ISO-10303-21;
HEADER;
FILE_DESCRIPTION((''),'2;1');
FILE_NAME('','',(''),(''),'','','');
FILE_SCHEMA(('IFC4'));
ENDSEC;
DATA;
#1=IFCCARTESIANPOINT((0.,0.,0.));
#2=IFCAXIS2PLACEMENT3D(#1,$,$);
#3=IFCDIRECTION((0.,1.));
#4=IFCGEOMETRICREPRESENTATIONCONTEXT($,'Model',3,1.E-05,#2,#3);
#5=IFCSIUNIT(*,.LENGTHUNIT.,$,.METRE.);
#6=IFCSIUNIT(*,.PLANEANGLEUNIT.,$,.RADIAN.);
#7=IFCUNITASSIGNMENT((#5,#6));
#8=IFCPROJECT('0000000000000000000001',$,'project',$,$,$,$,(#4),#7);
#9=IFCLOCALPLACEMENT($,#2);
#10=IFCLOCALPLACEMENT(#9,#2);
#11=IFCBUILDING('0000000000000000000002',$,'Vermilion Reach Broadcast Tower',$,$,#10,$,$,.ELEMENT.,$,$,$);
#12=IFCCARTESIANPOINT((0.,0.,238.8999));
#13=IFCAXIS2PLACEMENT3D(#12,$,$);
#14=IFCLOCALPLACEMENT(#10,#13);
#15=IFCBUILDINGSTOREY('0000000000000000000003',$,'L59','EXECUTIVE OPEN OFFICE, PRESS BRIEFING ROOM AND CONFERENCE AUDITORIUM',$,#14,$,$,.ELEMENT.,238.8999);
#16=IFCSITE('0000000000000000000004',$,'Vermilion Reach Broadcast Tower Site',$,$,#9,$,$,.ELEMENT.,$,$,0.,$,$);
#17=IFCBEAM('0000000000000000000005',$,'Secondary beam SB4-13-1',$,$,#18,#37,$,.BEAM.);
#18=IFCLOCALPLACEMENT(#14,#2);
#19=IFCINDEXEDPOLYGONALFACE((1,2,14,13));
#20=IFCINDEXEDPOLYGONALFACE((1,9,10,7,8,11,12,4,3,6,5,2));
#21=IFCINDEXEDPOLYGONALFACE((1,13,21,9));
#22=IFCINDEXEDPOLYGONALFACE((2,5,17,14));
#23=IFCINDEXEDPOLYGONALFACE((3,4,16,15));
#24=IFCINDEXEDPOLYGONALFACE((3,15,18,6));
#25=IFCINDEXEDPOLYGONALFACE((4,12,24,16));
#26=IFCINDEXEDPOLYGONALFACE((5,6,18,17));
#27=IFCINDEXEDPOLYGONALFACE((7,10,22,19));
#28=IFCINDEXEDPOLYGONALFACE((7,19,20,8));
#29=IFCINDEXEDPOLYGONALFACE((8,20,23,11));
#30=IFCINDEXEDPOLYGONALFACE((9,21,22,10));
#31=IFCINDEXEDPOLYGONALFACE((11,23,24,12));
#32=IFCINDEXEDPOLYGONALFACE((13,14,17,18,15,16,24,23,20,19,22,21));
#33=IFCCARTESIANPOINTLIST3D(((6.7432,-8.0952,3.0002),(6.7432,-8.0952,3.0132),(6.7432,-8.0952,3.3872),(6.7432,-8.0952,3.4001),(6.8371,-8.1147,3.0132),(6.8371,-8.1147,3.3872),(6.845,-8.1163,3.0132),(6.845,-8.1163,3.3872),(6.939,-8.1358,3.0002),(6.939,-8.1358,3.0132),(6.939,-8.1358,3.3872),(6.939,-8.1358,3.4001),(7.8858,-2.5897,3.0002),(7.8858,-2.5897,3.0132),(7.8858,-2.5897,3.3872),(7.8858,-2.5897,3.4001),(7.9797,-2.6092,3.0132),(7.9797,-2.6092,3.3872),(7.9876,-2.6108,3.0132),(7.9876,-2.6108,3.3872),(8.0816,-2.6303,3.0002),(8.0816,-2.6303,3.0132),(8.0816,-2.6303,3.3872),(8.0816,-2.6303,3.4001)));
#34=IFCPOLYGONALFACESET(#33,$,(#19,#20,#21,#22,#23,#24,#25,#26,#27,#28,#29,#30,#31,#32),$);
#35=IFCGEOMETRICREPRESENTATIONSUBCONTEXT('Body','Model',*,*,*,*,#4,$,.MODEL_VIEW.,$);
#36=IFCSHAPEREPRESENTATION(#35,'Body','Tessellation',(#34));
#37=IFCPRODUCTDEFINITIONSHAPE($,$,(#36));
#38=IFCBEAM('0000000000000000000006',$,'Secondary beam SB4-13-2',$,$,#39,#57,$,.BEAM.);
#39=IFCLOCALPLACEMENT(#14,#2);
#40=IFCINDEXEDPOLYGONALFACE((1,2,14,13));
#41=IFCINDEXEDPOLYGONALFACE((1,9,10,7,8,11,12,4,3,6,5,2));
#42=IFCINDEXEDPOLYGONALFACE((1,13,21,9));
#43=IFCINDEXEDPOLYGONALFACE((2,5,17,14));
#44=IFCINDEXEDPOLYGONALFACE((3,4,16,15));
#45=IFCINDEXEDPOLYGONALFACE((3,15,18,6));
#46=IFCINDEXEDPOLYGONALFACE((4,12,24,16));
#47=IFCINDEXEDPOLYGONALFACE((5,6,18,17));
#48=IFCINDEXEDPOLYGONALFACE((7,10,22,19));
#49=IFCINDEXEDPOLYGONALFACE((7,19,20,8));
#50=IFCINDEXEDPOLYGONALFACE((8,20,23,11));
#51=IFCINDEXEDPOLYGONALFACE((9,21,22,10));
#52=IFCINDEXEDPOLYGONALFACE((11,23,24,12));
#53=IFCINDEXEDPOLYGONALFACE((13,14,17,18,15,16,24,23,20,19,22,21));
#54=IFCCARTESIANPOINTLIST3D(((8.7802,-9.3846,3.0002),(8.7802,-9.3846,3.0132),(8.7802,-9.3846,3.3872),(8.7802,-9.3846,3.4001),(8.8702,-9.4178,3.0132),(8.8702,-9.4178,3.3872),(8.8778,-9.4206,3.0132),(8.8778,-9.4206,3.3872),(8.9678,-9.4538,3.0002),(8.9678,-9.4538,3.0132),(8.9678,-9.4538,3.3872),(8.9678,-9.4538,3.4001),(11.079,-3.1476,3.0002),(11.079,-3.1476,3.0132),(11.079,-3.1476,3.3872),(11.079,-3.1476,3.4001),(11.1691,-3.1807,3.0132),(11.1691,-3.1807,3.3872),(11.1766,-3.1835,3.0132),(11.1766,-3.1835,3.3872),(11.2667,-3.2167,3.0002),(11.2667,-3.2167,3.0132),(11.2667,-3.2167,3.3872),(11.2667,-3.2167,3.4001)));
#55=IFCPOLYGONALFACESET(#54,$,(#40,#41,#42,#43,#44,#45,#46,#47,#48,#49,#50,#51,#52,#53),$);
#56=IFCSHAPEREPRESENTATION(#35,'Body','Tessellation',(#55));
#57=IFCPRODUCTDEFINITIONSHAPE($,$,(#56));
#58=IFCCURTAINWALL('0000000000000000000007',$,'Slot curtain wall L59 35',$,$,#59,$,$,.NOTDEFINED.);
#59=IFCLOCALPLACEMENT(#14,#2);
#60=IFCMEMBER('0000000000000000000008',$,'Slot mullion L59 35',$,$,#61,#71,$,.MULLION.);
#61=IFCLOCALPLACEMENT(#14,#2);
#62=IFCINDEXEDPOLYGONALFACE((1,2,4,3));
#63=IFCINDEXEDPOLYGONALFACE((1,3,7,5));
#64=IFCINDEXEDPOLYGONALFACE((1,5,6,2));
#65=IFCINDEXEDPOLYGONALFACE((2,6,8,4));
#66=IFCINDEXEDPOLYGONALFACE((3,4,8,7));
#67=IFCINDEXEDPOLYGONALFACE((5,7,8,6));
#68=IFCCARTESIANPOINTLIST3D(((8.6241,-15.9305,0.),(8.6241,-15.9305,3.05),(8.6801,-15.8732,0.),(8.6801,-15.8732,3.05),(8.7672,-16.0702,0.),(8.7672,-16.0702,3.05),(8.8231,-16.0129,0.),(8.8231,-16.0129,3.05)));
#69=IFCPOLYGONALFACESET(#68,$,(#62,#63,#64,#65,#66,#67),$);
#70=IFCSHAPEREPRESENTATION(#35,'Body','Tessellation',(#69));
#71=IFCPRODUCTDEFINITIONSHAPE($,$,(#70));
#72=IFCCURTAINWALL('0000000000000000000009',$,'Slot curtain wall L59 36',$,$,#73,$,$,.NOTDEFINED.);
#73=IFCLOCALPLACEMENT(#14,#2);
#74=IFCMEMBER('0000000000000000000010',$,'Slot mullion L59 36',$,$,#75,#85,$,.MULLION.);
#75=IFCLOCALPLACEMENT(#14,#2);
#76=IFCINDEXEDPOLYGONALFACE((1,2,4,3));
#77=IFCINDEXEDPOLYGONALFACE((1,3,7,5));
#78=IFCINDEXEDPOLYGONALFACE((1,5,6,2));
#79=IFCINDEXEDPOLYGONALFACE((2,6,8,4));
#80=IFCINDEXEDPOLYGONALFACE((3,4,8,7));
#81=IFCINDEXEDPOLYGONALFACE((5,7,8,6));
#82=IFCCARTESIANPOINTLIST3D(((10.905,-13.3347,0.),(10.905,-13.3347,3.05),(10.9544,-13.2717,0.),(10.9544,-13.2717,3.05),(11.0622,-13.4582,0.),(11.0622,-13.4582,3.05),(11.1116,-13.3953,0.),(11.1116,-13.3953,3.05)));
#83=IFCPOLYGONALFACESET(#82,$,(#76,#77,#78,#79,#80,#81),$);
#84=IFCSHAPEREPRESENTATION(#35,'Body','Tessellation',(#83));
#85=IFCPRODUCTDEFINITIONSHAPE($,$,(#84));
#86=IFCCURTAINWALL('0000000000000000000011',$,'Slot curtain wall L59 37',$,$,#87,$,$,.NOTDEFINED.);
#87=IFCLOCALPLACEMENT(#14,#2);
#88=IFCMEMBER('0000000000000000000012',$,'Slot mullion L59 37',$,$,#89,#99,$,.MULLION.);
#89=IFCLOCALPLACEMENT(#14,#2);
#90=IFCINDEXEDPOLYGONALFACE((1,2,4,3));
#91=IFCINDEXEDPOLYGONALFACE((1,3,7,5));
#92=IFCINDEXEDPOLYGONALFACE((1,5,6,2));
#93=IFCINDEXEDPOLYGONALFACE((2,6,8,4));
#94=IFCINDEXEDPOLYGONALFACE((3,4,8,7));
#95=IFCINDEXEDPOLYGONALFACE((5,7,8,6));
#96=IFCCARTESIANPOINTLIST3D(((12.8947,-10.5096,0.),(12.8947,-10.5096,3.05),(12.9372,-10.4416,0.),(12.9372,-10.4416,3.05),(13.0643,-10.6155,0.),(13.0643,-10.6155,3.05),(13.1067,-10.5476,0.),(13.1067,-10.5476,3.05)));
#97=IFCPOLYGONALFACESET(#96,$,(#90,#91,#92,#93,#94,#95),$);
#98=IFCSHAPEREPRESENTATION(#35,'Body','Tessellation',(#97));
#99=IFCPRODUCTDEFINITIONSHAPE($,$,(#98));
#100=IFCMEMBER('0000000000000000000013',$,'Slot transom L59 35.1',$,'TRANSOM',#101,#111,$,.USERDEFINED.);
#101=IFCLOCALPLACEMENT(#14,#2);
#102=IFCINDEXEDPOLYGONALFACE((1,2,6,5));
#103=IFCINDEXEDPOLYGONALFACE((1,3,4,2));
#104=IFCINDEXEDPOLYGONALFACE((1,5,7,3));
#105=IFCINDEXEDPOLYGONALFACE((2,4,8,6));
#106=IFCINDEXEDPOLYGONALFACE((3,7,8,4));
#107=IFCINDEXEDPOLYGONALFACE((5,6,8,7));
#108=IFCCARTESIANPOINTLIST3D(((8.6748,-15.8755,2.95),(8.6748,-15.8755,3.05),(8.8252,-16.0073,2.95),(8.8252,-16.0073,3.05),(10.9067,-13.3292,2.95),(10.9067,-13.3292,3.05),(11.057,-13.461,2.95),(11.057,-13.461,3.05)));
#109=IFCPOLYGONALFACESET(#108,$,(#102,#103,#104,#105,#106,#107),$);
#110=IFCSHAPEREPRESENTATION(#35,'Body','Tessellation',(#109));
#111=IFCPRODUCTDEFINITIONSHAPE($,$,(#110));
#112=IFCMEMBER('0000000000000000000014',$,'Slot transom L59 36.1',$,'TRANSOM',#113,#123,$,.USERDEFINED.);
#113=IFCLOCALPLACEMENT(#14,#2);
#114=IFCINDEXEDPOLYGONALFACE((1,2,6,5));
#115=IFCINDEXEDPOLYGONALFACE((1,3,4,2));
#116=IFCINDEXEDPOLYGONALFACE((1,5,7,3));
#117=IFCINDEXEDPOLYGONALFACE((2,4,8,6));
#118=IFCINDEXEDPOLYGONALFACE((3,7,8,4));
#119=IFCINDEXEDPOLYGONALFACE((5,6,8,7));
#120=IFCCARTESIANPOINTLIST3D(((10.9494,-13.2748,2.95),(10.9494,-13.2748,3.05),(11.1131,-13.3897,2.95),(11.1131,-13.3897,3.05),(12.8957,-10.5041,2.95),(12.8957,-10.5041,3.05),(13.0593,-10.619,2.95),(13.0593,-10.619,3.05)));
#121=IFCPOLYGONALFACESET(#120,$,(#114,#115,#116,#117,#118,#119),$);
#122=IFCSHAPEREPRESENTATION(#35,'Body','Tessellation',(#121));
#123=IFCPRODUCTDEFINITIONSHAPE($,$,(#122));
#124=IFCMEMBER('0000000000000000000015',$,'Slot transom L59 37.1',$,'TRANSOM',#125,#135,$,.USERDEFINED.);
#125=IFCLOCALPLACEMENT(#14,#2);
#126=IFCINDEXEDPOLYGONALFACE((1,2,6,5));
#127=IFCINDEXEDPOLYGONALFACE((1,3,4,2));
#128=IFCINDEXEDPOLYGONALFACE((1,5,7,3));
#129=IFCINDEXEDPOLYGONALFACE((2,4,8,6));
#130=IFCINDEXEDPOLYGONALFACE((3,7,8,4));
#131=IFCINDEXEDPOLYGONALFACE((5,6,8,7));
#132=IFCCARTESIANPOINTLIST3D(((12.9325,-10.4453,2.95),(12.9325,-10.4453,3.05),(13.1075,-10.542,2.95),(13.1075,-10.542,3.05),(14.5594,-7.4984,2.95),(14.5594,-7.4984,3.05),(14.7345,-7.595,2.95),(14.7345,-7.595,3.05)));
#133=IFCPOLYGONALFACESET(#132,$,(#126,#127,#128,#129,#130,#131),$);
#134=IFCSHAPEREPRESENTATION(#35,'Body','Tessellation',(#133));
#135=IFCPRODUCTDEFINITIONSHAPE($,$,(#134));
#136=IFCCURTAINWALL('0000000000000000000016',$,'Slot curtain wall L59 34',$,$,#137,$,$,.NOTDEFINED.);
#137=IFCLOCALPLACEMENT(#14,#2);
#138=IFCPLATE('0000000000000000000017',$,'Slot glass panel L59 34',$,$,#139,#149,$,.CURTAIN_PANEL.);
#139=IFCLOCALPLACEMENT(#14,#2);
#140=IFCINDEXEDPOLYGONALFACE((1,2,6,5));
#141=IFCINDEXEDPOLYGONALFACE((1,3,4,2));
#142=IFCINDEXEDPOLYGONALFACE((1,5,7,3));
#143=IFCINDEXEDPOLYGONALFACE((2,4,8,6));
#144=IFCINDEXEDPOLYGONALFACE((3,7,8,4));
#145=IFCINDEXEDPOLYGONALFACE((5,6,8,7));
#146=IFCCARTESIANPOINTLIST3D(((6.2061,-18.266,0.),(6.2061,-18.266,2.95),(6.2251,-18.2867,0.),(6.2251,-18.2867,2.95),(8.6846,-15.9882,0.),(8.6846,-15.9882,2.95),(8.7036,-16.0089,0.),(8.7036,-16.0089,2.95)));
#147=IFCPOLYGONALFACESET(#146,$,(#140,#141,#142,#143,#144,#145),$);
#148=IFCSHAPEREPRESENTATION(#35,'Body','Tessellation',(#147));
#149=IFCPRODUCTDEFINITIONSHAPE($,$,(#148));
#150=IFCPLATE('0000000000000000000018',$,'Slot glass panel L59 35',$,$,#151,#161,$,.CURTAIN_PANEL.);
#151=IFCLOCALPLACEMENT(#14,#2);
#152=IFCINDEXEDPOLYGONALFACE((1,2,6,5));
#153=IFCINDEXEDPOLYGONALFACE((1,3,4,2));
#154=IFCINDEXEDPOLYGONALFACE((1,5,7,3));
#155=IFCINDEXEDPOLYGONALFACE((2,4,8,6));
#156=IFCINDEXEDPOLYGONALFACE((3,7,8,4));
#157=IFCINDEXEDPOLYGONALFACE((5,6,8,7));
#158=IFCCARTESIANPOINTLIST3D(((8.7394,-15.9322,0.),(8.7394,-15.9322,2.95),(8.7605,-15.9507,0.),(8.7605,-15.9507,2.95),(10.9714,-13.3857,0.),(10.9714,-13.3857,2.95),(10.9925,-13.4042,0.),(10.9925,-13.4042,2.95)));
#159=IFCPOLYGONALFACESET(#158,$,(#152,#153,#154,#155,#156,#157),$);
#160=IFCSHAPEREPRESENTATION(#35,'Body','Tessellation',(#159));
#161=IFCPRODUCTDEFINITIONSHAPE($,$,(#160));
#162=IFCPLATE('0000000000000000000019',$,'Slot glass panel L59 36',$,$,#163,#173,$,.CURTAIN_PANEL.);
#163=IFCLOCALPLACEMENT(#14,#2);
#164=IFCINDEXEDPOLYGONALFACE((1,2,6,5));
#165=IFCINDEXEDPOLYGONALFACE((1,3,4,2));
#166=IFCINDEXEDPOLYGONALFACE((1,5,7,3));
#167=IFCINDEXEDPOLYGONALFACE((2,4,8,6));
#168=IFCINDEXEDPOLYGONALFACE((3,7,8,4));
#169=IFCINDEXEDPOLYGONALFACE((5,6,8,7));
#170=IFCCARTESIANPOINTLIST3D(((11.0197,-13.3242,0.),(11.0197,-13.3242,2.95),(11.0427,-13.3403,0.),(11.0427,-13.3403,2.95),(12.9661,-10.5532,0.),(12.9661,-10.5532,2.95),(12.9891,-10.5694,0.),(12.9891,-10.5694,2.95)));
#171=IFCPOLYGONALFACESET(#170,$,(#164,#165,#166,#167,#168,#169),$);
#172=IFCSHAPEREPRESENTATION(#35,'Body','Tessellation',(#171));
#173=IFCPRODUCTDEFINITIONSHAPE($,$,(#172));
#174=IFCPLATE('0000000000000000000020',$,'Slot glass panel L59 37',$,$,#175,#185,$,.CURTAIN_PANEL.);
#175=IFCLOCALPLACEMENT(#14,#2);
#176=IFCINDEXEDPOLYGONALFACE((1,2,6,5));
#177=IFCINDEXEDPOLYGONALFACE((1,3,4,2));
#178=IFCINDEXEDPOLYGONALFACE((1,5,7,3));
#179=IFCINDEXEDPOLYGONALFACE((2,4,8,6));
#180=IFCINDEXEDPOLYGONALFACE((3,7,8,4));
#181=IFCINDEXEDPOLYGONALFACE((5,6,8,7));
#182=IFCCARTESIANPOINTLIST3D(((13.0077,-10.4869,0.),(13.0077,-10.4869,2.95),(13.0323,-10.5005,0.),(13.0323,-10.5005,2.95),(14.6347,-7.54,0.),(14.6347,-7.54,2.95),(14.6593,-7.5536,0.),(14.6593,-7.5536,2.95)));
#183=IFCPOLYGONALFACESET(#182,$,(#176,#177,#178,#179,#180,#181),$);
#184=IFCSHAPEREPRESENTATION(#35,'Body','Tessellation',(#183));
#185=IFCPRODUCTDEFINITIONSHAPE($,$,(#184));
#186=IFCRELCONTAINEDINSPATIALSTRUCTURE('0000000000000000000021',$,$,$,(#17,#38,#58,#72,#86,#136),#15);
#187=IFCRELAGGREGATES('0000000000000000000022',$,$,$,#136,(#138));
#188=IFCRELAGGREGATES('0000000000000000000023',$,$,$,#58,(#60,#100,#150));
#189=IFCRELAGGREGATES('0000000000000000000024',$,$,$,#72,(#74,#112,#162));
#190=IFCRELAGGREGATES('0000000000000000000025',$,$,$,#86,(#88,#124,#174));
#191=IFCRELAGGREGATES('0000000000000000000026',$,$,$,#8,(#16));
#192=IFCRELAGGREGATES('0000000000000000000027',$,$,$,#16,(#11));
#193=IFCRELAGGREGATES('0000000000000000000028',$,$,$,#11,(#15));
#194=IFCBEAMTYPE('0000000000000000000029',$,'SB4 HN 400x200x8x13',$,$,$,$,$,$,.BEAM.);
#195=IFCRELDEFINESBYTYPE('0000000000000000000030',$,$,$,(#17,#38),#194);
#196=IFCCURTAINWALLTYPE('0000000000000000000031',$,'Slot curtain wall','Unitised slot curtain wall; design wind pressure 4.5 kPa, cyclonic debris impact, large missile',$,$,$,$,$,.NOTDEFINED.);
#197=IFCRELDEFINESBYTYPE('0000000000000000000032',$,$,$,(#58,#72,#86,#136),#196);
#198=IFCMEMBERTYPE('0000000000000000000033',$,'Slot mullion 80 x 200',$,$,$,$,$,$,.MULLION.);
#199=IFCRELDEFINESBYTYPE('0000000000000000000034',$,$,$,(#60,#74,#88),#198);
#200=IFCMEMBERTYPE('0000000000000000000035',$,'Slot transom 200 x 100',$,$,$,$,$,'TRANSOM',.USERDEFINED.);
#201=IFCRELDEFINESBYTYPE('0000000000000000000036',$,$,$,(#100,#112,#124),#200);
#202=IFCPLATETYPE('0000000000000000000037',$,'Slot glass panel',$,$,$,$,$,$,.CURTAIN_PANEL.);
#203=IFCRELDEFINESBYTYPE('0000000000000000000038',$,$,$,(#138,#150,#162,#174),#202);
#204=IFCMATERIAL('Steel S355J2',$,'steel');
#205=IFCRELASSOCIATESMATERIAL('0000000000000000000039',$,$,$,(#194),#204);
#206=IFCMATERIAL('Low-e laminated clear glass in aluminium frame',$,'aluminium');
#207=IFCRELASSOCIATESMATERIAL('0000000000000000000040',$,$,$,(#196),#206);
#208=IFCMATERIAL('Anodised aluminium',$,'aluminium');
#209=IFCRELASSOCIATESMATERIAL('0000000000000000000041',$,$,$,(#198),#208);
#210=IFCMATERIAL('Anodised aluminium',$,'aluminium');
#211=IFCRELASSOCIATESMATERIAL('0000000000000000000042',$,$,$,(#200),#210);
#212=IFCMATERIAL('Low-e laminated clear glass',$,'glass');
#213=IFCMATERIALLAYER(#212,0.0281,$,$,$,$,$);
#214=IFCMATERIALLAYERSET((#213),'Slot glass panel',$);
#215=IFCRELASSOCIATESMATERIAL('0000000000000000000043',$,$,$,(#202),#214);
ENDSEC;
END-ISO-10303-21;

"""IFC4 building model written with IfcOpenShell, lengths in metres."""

from ifc_helpers import new_model, si_unit, direction, frame, origin, origin_2d, place, context, subcontext, project, spatial, rectangle, i_section, extrude, material, layer, layer_set, material_profile, profile_set, type_object, element, aggregate, save


model = new_model("IFC4")

# Units and contexts
model_context = context("Model", 3, precision=1e-05, world=origin(), true_north=direction((0.0, 1.0)))
body_context = subcontext(model_context, "Body", "Model", "MODEL_VIEW")
ifc_project = project(units=[si_unit("LENGTHUNIT", "METRE"), si_unit("PLANEANGLEUNIT", "RADIAN")], contexts=[model_context])

# Site, building, storey
site_placement = place(None, origin())
site = spatial("IfcSite", under=ifc_project, at=site_placement, Name="Vermilion Reach Broadcast Tower Site", CompositionType="ELEMENT", RefElevation=0.0)
building_placement = place(site_placement, origin())
building = spatial("IfcBuilding", under=site, at=building_placement, Name="Vermilion Reach Broadcast Tower", CompositionType="ELEMENT")
storey_placement = place(building_placement, frame((0.0, 0.0, 238.8999)))
storey = spatial("IfcBuildingStorey", under=building, at=storey_placement, Name="L59", Description="EXECUTIVE OPEN OFFICE, PRESS BRIEFING ROOM AND CONFERENCE AUDITORIUM", CompositionType="ELEMENT", Elevation=238.8999)

# Beams
ifc_material_1 = material(Name="Steel S355J2", Category="steel")
ifc_material_profile_1 = material_profile(ifc_material_1, i_section(OverallWidth=0.2, OverallDepth=0.3999, WebThickness=0.0081, FlangeThickness=0.0129, at=origin_2d()), Name="S355J2 HN 400x200x8x13")
ifc_profile_set_1 = profile_set([ifc_material_profile_1], Name="Steel S355J2")
beam_type_1 = type_object("IfcBeamType", Name="SB4 HN 400x200x8x13", PredefinedType="BEAM", material=ifc_profile_set_1)
beam_1_placement = place(storey_placement, frame((6.8411, -8.1155, 3.2002), z_axis=(0.203209, 0.979135, 0.0), x_axis=(-0.979135, 0.203209, 0.0)))
element("IfcBeam", 1, at=beam_1_placement, inside=storey, type_object=beam_type_1, Name="Secondary beam SB4-13-1", PredefinedType="BEAM", context=body_context, shape_type="SweptSolid", body=[
    extrude(i_section(OverallWidth=0.2, OverallDepth=0.3999, WebThickness=0.0081, FlangeThickness=0.0129, at=origin_2d()), origin(), (0.0, 0.0, 1.0), 5.6228),
])
beam_2_placement = place(storey_placement, frame((8.874, -9.4192, 3.2002), z_axis=(0.345833, 0.938296, 0.0), x_axis=(-0.938296, 0.345833, 0.0)))
element("IfcBeam", 2, at=beam_2_placement, inside=storey, type_object=beam_type_1, Name="Secondary beam SB4-13-2", PredefinedType="BEAM", context=body_context, shape_type="SweptSolid", body=[
    extrude(i_section(OverallWidth=0.2, OverallDepth=0.3999, WebThickness=0.0081, FlangeThickness=0.0129, at=origin_2d()), origin(), (0.0, 0.0, 1.0), 6.6472),
])

# Curtain walls, members
ifc_material_2 = material(Name="Low-e laminated clear glass in aluminium frame", Category="aluminium")
curtain_wall_type = type_object("IfcCurtainWallType", Name="Slot curtain wall", Description="Unitised slot curtain wall; design wind pressure 4.5 kPa, cyclonic debris impact, large missile", PredefinedType="NOTDEFINED", material=ifc_material_2)
placement = place(storey_placement, origin())
curtain_wall_1 = element("IfcCurtainWall", 3, at=placement, inside=storey, type_object=curtain_wall_type, Name="Slot curtain wall L59 35", PredefinedType="NOTDEFINED")
ifc_material_3 = material(Name="Anodised aluminium", Category="aluminium")
ifc_material_profile_2 = material_profile(ifc_material_3, rectangle(XDim=0.2, YDim=0.0801, at=origin_2d()), Name="Slot mullion 80 x 200")
ifc_profile_set_2 = profile_set([ifc_material_profile_2], Name="Anodised aluminium")
member_type_1 = type_object("IfcMemberType", Name="Slot mullion 80 x 200", PredefinedType="MULLION", material=ifc_profile_set_2)
member_1_placement = place(storey_placement, frame((8.7236, -15.9717, 0.0), z_axis=(0.0, 0.0, 1.0), x_axis=(-0.715377, 0.698739, 0.0)))
member_1 = element("IfcMember", 4, at=member_1_placement, type_object=member_type_1, Name="Slot mullion L59 35", PredefinedType="MULLION", context=body_context, shape_type="SweptSolid", body=[
    extrude(rectangle(XDim=0.2, YDim=0.0801, at=origin_2d()), origin(), (0.0, 0.0, 1.0), 3.05),
])
curtain_wall_2 = element("IfcCurtainWall", 5, at=placement, inside=storey, type_object=curtain_wall_type, Name="Slot curtain wall L59 36", PredefinedType="NOTDEFINED")
member_2_placement = place(storey_placement, frame((11.0083, -13.365, 0.0), z_axis=(0.0, 0.0, 1.0), x_axis=(-0.786288, 0.61786, 0.0)))
member_2 = element("IfcMember", 6, at=member_2_placement, type_object=member_type_1, Name="Slot mullion L59 36", PredefinedType="MULLION", context=body_context, shape_type="SweptSolid", body=[
    extrude(rectangle(XDim=0.2, YDim=0.0801, at=origin_2d()), origin(), (0.0, 0.0, 1.0), 3.05),
])
curtain_wall_3 = element("IfcCurtainWall", 7, at=placement, inside=storey, type_object=curtain_wall_type, Name="Slot curtain wall L59 37", PredefinedType="NOTDEFINED")
member_3_placement = place(storey_placement, frame((13.0007, -10.5286, 0.0), z_axis=(0.0, 0.0, 1.0), x_axis=(-0.848103, 0.529831, 0.0)))
member_3 = element("IfcMember", 8, at=member_3_placement, type_object=member_type_1, Name="Slot mullion L59 37", PredefinedType="MULLION", context=body_context, shape_type="SweptSolid", body=[
    extrude(rectangle(XDim=0.2, YDim=0.0801, at=origin_2d()), origin(), (0.0, 0.0, 1.0), 3.05),
])

# Members
ifc_material_4 = material(Name="Anodised aluminium", Category="aluminium")
ifc_material_profile_3 = material_profile(ifc_material_4, rectangle(XDim=0.2, YDim=0.1001, at=origin_2d()), Name="Slot transom 200 x 100")
ifc_profile_set_3 = profile_set([ifc_material_profile_3], Name="Anodised aluminium")
member_type_2 = type_object("IfcMemberType", Name="Slot transom 200 x 100", ElementType="TRANSOM", PredefinedType="USERDEFINED", material=ifc_profile_set_3)
member_4_placement = place(storey_placement, frame((8.75, -15.9414, 3.0), z_axis=(0.659148, 0.752014, 0.0), x_axis=(-0.752014, 0.659148, 0.0)))
member_4 = element("IfcMember", 9, at=member_4_placement, type_object=member_type_2, Name="Slot transom L59 35.1", ObjectType="TRANSOM", PredefinedType="USERDEFINED", context=body_context, shape_type="SweptSolid", body=[
    extrude(rectangle(XDim=0.2, YDim=0.1001, at=origin_2d()), origin(), (0.0, 0.0, 1.0), 3.386),
])
member_5_placement = place(storey_placement, frame((11.0312, -13.3323, 3.0), z_axis=(0.574802, 0.818293, 0.0), x_axis=(-0.818293, 0.574802, 0.0)))
member_5 = element("IfcMember", 10, at=member_5_placement, type_object=member_type_2, Name="Slot transom L59 36.1", ObjectType="TRANSOM", PredefinedType="USERDEFINED", context=body_context, shape_type="SweptSolid", body=[
    extrude(rectangle(XDim=0.2, YDim=0.1001, at=origin_2d()), origin(), (0.0, 0.0, 1.0), 3.386),
])
member_6_placement = place(storey_placement, frame((13.02, -10.4937, 3.0), z_axis=(0.483307, 0.875451, 0.0), x_axis=(-0.875451, 0.483307, 0.0)))
member_6 = element("IfcMember", 11, at=member_6_placement, type_object=member_type_2, Name="Slot transom L59 37.1", ObjectType="TRANSOM", PredefinedType="USERDEFINED", context=body_context, shape_type="SweptSolid", body=[
    extrude(rectangle(XDim=0.2, YDim=0.1001, at=origin_2d()), origin(), (0.0, 0.0, 1.0), 3.3662),
])

# Curtain wall, plate
curtain_wall_4 = element("IfcCurtainWall", 12, at=placement, inside=storey, type_object=curtain_wall_type, Name="Slot curtain wall L59 34", PredefinedType="NOTDEFINED")
ifc_material_5 = material(Name="Low-e laminated clear glass", Category="glass")
ifc_layer_1 = layer(ifc_material_5, 0.0281)
ifc_layer_set_1 = layer_set([ifc_layer_1], Name="Slot glass panel")
plate_type = type_object("IfcPlateType", Name="Slot glass panel", PredefinedType="CURTAIN_PANEL", material=ifc_layer_set_1)
plate_1_placement = place(storey_placement, frame((7.4548, -17.1375, 0.0), z_axis=(0.0, 0.0, 1.0), x_axis=(0.736304, 0.676651, 0.0)))
plate_1 = element("IfcPlate", 13, at=plate_1_placement, type_object=plate_type, Name="Slot glass panel L59 34", PredefinedType="CURTAIN_PANEL", context=body_context, shape_type="SweptSolid", body=[
    extrude(rectangle(XDim=3.3662, YDim=0.0281, at=origin_2d()), origin(), (0.0, 0.0, 1.0), 2.95),
])
aggregate(curtain_wall_4, [plate_1])

# Plates
plate_2_placement = place(storey_placement, frame((9.866, -14.6682, 0.0), z_axis=(0.0, 0.0, 1.0), x_axis=(0.65914, 0.75202, 0.0)))
plate_2 = element("IfcPlate", 14, at=plate_2_placement, type_object=plate_type, Name="Slot glass panel L59 35", PredefinedType="CURTAIN_PANEL", context=body_context, shape_type="SweptSolid", body=[
    extrude(rectangle(XDim=3.3862, YDim=0.0281, at=origin_2d()), origin(), (0.0, 0.0, 1.0), 2.95),
])
aggregate(curtain_wall_1, [member_1, member_4, plate_2])
plate_3_placement = place(storey_placement, frame((12.0044, -11.9468, 0.0), z_axis=(0.0, 0.0, 1.0), x_axis=(0.574801, 0.818293, 0.0)))
plate_3 = element("IfcPlate", 15, at=plate_3_placement, type_object=plate_type, Name="Slot glass panel L59 36", PredefinedType="CURTAIN_PANEL", context=body_context, shape_type="SweptSolid", body=[
    extrude(rectangle(XDim=3.3862, YDim=0.0281, at=origin_2d()), origin(), (0.0, 0.0, 1.0), 2.95),
])
aggregate(curtain_wall_2, [member_2, member_5, plate_3])
plate_4_placement = place(storey_placement, frame((13.8335, -9.0203, 0.0), z_axis=(0.0, 0.0, 1.0), x_axis=(0.48332, 0.875444, 0.0)))
plate_4 = element("IfcPlate", 16, at=plate_4_placement, type_object=plate_type, Name="Slot glass panel L59 37", PredefinedType="CURTAIN_PANEL", context=body_context, shape_type="SweptSolid", body=[
    extrude(rectangle(XDim=3.3662, YDim=0.0281, at=origin_2d()), origin(), (0.0, 0.0, 1.0), 2.95),
])
aggregate(curtain_wall_3, [member_3, member_6, plate_4])

save(model, "model.ifc")
